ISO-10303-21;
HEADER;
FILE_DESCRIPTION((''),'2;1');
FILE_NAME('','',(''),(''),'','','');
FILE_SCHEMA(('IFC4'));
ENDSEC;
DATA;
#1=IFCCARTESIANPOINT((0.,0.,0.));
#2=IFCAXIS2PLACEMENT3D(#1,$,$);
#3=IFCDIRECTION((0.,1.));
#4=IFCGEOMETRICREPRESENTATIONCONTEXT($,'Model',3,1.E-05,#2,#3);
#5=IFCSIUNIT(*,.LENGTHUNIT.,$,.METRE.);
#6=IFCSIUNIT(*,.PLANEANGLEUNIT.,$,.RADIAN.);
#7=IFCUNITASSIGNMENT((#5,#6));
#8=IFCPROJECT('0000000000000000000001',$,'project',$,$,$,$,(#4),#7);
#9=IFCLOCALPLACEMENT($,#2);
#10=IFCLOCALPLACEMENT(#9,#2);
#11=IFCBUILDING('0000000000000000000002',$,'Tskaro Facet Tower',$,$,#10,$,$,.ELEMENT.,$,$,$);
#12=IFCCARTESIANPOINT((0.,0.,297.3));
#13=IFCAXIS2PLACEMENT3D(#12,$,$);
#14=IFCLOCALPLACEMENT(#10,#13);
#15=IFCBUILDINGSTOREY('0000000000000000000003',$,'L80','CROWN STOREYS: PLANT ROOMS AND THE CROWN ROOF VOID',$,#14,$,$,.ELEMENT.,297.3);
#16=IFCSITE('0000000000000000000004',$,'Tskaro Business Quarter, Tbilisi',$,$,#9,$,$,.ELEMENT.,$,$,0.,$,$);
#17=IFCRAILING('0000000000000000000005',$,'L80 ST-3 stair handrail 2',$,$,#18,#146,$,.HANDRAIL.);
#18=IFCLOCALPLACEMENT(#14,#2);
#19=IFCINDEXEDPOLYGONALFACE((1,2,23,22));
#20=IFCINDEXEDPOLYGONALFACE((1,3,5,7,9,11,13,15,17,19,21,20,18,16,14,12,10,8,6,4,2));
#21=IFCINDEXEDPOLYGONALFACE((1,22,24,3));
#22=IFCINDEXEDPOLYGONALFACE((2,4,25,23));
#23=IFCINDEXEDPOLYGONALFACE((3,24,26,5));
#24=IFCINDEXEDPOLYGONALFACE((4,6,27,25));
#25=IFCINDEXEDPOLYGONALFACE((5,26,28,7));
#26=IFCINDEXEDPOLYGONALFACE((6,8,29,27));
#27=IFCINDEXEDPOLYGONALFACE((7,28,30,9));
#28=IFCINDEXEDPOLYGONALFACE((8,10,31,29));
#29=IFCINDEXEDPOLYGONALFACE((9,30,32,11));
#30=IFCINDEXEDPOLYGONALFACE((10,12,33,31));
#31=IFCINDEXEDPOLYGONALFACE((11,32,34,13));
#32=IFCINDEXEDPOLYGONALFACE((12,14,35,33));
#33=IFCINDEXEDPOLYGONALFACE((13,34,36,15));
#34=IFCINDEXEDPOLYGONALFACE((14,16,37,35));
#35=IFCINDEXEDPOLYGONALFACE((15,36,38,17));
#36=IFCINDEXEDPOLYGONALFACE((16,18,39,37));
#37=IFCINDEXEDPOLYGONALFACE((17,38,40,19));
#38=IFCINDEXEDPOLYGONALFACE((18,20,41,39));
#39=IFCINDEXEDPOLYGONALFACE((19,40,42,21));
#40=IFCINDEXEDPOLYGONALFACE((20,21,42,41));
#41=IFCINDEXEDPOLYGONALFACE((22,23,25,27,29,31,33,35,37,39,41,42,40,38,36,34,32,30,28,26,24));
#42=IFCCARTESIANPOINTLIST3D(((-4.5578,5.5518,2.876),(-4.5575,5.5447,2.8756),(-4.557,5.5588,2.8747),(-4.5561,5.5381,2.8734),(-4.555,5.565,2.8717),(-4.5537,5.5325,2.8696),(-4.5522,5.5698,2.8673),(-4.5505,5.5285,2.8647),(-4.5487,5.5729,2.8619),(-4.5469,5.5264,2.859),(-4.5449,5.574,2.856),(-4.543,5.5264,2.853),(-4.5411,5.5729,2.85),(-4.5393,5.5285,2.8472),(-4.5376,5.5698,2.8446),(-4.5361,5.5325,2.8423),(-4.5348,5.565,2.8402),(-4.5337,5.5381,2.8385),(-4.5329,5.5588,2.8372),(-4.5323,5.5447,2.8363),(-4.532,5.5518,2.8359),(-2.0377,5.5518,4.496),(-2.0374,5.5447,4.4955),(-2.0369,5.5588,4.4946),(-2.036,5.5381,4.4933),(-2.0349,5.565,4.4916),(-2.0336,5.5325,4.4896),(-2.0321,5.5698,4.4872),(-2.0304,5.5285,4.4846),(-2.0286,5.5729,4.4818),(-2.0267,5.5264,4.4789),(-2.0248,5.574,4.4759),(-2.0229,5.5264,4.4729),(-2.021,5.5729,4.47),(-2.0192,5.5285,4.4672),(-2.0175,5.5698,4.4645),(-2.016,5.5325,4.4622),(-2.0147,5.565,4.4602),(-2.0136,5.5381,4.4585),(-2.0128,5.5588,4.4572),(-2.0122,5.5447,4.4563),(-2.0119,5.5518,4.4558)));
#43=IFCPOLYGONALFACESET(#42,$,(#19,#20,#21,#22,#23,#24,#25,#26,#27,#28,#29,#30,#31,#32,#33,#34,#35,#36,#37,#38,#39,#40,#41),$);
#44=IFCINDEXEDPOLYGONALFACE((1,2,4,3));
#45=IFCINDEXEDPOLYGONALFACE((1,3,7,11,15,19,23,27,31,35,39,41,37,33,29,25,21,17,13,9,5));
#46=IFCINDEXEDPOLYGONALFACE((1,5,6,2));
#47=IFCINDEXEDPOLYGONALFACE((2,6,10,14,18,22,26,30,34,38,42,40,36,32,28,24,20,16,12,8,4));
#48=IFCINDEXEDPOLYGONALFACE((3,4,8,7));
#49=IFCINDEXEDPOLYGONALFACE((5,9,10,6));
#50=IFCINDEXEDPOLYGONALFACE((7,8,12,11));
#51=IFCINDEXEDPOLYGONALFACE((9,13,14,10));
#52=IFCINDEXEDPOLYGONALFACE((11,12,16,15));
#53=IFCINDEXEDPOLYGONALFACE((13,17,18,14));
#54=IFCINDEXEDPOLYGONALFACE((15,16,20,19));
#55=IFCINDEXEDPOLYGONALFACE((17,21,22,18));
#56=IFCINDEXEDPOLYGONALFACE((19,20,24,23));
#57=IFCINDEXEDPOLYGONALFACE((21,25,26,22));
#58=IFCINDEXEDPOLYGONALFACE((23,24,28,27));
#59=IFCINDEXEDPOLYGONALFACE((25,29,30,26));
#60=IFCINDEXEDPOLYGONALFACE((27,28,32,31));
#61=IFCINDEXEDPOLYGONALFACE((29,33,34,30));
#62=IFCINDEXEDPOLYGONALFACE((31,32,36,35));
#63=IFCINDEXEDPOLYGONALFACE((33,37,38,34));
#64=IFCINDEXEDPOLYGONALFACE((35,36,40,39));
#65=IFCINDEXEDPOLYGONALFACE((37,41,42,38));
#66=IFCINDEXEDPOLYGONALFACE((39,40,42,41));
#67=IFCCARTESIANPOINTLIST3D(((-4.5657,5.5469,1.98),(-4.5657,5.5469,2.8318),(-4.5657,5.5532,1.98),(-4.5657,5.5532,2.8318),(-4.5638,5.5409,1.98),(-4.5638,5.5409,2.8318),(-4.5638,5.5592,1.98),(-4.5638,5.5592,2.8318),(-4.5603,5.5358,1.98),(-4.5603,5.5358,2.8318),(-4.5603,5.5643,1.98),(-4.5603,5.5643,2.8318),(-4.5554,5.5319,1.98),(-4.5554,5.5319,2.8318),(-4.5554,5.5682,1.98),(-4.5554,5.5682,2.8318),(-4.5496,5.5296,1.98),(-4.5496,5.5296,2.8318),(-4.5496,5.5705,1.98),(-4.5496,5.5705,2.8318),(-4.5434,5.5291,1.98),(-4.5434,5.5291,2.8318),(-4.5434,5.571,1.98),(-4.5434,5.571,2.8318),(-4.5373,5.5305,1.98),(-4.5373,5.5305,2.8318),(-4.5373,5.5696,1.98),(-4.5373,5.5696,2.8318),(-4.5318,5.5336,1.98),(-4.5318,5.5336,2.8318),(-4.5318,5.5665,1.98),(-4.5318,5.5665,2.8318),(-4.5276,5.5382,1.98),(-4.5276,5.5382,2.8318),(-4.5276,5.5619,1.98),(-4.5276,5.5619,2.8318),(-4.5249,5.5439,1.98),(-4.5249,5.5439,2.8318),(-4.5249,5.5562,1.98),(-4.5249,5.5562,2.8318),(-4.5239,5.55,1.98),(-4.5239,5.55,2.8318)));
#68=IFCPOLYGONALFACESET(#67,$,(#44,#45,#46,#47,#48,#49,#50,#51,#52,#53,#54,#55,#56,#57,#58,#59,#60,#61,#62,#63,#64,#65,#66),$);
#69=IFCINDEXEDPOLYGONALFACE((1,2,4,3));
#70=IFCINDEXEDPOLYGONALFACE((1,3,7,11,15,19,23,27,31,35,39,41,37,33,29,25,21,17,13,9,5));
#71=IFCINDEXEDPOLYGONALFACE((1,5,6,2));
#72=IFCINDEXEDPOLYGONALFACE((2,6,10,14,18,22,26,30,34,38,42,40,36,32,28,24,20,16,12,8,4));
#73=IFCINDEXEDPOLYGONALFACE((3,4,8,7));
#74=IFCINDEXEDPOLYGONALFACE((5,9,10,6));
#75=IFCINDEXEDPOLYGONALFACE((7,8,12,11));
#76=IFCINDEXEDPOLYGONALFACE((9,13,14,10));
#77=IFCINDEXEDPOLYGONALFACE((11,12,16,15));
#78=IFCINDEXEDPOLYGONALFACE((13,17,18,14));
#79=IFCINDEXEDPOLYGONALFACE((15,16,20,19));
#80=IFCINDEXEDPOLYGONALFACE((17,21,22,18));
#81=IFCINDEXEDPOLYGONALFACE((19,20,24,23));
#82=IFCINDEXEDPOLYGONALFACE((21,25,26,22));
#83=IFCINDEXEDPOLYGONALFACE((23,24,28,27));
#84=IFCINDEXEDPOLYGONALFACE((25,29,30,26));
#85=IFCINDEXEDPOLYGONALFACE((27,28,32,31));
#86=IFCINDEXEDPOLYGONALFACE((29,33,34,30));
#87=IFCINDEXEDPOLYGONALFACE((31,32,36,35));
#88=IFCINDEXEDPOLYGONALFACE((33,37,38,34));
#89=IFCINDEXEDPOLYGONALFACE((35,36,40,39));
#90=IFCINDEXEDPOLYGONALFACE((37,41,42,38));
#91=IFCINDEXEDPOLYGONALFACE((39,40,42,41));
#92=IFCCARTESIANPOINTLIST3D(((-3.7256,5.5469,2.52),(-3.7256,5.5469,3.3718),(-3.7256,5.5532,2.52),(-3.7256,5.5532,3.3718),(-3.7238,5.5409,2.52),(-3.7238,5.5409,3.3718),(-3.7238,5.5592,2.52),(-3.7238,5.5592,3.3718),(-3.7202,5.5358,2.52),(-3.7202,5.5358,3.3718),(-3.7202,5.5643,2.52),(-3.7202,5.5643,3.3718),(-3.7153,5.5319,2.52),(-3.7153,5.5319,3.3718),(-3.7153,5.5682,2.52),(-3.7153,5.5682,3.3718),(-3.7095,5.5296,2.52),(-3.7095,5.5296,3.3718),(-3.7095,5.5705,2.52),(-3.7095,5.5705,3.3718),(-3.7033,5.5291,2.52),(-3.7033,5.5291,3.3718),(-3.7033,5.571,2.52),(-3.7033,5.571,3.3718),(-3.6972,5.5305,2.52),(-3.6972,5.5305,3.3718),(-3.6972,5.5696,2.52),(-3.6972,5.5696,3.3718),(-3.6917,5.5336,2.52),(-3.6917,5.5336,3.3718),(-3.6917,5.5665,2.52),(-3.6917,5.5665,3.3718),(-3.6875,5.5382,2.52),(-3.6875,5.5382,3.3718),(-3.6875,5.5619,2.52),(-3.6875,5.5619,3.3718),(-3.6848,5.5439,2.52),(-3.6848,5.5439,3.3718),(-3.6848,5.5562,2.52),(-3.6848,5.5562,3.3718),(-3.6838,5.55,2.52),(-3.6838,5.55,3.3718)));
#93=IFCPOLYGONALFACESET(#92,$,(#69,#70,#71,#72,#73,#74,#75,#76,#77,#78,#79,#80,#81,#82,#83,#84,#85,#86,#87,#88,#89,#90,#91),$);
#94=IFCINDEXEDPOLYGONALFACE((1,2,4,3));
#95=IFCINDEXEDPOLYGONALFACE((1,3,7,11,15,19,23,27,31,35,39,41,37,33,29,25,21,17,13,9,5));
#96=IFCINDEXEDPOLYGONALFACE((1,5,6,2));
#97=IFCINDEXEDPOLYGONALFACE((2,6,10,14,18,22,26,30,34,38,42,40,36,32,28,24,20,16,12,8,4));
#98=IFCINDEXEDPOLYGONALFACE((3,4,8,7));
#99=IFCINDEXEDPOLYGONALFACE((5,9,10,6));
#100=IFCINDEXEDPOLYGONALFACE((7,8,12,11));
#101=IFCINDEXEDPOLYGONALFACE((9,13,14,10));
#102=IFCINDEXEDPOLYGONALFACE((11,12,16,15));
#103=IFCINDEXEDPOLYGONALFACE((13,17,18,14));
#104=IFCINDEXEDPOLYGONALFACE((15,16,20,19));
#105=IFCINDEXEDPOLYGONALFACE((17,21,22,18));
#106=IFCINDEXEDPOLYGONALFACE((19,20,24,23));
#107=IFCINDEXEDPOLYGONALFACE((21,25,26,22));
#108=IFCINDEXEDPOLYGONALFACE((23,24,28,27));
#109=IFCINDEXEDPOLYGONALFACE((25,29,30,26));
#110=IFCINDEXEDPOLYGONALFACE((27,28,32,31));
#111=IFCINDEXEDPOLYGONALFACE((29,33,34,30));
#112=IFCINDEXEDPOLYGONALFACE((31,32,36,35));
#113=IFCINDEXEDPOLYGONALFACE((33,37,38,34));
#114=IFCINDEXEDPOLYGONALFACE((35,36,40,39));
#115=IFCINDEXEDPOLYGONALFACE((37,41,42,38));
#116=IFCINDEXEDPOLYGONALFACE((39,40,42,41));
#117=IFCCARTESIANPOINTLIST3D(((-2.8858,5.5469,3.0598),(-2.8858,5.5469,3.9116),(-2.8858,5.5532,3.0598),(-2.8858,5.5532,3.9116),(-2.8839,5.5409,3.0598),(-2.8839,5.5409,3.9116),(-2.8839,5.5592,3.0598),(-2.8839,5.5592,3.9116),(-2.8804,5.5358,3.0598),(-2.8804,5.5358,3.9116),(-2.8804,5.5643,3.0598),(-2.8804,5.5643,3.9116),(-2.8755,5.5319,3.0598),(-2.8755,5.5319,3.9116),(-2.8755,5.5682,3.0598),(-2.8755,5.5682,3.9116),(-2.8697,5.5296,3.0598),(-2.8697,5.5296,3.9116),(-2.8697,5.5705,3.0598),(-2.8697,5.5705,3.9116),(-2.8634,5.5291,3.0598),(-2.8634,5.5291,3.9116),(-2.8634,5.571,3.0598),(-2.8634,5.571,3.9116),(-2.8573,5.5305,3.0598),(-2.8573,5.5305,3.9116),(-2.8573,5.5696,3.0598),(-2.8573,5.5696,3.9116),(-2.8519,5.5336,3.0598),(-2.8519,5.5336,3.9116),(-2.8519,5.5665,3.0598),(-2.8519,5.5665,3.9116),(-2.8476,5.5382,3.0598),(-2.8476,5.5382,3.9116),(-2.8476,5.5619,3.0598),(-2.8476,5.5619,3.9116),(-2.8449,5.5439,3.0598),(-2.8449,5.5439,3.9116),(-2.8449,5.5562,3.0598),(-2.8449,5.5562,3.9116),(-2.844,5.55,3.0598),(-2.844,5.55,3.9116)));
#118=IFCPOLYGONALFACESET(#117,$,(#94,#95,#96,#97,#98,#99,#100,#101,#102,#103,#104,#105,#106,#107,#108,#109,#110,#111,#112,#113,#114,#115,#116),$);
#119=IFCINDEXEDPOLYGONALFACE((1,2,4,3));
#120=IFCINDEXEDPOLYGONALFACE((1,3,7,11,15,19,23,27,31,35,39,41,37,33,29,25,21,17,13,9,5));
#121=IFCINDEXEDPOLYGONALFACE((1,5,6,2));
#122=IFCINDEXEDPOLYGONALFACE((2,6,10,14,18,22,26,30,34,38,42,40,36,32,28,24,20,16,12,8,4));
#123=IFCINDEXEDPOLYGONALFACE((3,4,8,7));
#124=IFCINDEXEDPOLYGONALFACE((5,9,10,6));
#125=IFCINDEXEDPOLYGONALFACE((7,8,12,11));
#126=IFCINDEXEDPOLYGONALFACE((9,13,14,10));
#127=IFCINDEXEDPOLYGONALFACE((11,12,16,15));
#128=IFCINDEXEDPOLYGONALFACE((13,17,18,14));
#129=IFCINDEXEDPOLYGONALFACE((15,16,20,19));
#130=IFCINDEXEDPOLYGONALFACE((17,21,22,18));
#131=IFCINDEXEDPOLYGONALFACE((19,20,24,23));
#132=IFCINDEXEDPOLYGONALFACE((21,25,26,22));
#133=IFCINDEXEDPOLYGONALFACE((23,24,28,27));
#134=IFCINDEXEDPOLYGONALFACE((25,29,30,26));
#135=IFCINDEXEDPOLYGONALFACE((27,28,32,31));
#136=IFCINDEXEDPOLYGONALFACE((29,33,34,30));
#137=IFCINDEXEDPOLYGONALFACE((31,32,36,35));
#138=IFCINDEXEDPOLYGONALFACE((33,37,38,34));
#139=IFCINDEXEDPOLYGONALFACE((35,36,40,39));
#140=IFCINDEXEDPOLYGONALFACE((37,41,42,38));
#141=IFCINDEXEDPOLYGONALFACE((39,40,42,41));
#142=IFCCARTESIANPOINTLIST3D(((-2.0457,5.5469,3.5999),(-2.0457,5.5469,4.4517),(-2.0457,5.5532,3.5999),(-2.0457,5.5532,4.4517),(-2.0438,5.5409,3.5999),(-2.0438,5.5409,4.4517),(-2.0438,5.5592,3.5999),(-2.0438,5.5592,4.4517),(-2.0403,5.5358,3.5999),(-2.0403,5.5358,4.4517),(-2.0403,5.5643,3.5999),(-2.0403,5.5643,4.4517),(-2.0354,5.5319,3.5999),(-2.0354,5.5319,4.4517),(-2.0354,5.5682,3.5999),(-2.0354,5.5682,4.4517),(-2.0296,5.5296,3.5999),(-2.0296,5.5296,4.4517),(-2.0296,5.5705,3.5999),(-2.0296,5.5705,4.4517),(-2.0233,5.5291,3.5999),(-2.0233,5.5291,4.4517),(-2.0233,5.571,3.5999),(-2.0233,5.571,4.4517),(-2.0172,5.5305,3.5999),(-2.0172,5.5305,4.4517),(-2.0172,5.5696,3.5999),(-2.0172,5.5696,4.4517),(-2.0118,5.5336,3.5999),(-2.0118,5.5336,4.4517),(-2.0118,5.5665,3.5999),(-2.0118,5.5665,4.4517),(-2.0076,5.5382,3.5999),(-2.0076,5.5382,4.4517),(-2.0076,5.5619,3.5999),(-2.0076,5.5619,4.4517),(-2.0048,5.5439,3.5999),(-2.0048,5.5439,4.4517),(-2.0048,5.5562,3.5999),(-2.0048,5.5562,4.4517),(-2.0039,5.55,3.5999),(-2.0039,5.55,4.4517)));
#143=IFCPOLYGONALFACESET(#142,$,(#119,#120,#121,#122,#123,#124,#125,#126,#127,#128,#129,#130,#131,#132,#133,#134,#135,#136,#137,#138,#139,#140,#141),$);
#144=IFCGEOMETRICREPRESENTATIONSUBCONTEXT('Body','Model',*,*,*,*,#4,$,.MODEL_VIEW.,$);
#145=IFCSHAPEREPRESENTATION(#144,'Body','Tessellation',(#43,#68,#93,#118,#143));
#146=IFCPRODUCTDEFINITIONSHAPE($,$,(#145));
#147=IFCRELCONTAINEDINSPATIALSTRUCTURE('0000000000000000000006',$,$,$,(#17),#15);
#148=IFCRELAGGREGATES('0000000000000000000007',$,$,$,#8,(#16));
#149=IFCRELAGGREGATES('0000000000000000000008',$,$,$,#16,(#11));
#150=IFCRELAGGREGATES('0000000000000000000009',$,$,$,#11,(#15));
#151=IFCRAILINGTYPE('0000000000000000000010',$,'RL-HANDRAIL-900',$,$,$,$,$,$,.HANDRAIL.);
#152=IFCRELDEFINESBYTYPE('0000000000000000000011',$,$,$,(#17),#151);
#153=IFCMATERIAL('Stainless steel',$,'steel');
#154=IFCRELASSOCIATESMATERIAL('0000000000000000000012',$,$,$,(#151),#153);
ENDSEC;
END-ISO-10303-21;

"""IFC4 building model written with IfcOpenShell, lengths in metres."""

from ifc_helpers import new_model, si_unit, direction, frame, origin, origin_2d, place, context, subcontext, project, spatial, circle, extrude, material, type_object, element, save


model = new_model("IFC4")

# Units and contexts
model_context = context("Model", 3, precision=1e-05, world=origin(), true_north=direction((0.0, 1.0)))
body_context = subcontext(model_context, "Body", "Model", "MODEL_VIEW")
ifc_project = project(units=[si_unit("LENGTHUNIT", "METRE"), si_unit("PLANEANGLEUNIT", "RADIAN")], contexts=[model_context])

# Site, building, storey
site_placement = place(None, origin())
site = spatial("IfcSite", under=ifc_project, at=site_placement, Name="Tskaro Business Quarter, Tbilisi", CompositionType="ELEMENT", RefElevation=0.0)
building_placement = place(site_placement, origin())
building = spatial("IfcBuilding", under=site, at=building_placement, Name="Tskaro Facet Tower", CompositionType="ELEMENT")
storey_placement = place(building_placement, frame((0.0, 0.0, 297.3)))
storey = spatial("IfcBuildingStorey", under=building, at=storey_placement, Name="L80", Description="CROWN STOREYS: PLANT ROOMS AND THE CROWN ROOF VOID", CompositionType="ELEMENT", Elevation=297.3)

# Railing
ifc_material_1 = material(Name="Stainless steel", Category="steel")
railing_type_1 = type_object("IfcRailingType", Name="RL-HANDRAIL-900", PredefinedType="HANDRAIL", material=ifc_material_1)
railing_1_placement = place(storey_placement, frame((-4.5449, 5.55, 1.98)))
element("IfcRailing", 1, at=railing_1_placement, inside=storey, type_object=railing_type_1, Name="L80 ST-3 stair handrail 2", PredefinedType="HANDRAIL", context=body_context, shape_type="SweptSolid", body=[
    extrude(circle(Radius=0.0239, at=origin_2d()), frame((0.0, 0.0, 0.876), z_axis=(0.8412, 0.0, 0.540725), x_axis=(0.0, 1.0, 0.0)), (0.0, 0.0, 1.0), 2.9958),
    extrude(circle(Radius=0.021, at=origin_2d()), origin(), (0.0, 0.0, 1.0), 0.8518),
    extrude(circle(Radius=0.021, at=origin_2d()), frame((0.8401, 0.0, 0.54)), (0.0, 0.0, 1.0), 0.8518),
    extrude(circle(Radius=0.021, at=origin_2d()), frame((1.6799, 0.0, 1.0798)), (0.0, 0.0, 1.0), 0.8518),
    extrude(circle(Radius=0.021, at=origin_2d()), frame((2.52, 0.0, 1.6199)), (0.0, 0.0, 1.0), 0.8518),
])

save(model, "model.ifc")
